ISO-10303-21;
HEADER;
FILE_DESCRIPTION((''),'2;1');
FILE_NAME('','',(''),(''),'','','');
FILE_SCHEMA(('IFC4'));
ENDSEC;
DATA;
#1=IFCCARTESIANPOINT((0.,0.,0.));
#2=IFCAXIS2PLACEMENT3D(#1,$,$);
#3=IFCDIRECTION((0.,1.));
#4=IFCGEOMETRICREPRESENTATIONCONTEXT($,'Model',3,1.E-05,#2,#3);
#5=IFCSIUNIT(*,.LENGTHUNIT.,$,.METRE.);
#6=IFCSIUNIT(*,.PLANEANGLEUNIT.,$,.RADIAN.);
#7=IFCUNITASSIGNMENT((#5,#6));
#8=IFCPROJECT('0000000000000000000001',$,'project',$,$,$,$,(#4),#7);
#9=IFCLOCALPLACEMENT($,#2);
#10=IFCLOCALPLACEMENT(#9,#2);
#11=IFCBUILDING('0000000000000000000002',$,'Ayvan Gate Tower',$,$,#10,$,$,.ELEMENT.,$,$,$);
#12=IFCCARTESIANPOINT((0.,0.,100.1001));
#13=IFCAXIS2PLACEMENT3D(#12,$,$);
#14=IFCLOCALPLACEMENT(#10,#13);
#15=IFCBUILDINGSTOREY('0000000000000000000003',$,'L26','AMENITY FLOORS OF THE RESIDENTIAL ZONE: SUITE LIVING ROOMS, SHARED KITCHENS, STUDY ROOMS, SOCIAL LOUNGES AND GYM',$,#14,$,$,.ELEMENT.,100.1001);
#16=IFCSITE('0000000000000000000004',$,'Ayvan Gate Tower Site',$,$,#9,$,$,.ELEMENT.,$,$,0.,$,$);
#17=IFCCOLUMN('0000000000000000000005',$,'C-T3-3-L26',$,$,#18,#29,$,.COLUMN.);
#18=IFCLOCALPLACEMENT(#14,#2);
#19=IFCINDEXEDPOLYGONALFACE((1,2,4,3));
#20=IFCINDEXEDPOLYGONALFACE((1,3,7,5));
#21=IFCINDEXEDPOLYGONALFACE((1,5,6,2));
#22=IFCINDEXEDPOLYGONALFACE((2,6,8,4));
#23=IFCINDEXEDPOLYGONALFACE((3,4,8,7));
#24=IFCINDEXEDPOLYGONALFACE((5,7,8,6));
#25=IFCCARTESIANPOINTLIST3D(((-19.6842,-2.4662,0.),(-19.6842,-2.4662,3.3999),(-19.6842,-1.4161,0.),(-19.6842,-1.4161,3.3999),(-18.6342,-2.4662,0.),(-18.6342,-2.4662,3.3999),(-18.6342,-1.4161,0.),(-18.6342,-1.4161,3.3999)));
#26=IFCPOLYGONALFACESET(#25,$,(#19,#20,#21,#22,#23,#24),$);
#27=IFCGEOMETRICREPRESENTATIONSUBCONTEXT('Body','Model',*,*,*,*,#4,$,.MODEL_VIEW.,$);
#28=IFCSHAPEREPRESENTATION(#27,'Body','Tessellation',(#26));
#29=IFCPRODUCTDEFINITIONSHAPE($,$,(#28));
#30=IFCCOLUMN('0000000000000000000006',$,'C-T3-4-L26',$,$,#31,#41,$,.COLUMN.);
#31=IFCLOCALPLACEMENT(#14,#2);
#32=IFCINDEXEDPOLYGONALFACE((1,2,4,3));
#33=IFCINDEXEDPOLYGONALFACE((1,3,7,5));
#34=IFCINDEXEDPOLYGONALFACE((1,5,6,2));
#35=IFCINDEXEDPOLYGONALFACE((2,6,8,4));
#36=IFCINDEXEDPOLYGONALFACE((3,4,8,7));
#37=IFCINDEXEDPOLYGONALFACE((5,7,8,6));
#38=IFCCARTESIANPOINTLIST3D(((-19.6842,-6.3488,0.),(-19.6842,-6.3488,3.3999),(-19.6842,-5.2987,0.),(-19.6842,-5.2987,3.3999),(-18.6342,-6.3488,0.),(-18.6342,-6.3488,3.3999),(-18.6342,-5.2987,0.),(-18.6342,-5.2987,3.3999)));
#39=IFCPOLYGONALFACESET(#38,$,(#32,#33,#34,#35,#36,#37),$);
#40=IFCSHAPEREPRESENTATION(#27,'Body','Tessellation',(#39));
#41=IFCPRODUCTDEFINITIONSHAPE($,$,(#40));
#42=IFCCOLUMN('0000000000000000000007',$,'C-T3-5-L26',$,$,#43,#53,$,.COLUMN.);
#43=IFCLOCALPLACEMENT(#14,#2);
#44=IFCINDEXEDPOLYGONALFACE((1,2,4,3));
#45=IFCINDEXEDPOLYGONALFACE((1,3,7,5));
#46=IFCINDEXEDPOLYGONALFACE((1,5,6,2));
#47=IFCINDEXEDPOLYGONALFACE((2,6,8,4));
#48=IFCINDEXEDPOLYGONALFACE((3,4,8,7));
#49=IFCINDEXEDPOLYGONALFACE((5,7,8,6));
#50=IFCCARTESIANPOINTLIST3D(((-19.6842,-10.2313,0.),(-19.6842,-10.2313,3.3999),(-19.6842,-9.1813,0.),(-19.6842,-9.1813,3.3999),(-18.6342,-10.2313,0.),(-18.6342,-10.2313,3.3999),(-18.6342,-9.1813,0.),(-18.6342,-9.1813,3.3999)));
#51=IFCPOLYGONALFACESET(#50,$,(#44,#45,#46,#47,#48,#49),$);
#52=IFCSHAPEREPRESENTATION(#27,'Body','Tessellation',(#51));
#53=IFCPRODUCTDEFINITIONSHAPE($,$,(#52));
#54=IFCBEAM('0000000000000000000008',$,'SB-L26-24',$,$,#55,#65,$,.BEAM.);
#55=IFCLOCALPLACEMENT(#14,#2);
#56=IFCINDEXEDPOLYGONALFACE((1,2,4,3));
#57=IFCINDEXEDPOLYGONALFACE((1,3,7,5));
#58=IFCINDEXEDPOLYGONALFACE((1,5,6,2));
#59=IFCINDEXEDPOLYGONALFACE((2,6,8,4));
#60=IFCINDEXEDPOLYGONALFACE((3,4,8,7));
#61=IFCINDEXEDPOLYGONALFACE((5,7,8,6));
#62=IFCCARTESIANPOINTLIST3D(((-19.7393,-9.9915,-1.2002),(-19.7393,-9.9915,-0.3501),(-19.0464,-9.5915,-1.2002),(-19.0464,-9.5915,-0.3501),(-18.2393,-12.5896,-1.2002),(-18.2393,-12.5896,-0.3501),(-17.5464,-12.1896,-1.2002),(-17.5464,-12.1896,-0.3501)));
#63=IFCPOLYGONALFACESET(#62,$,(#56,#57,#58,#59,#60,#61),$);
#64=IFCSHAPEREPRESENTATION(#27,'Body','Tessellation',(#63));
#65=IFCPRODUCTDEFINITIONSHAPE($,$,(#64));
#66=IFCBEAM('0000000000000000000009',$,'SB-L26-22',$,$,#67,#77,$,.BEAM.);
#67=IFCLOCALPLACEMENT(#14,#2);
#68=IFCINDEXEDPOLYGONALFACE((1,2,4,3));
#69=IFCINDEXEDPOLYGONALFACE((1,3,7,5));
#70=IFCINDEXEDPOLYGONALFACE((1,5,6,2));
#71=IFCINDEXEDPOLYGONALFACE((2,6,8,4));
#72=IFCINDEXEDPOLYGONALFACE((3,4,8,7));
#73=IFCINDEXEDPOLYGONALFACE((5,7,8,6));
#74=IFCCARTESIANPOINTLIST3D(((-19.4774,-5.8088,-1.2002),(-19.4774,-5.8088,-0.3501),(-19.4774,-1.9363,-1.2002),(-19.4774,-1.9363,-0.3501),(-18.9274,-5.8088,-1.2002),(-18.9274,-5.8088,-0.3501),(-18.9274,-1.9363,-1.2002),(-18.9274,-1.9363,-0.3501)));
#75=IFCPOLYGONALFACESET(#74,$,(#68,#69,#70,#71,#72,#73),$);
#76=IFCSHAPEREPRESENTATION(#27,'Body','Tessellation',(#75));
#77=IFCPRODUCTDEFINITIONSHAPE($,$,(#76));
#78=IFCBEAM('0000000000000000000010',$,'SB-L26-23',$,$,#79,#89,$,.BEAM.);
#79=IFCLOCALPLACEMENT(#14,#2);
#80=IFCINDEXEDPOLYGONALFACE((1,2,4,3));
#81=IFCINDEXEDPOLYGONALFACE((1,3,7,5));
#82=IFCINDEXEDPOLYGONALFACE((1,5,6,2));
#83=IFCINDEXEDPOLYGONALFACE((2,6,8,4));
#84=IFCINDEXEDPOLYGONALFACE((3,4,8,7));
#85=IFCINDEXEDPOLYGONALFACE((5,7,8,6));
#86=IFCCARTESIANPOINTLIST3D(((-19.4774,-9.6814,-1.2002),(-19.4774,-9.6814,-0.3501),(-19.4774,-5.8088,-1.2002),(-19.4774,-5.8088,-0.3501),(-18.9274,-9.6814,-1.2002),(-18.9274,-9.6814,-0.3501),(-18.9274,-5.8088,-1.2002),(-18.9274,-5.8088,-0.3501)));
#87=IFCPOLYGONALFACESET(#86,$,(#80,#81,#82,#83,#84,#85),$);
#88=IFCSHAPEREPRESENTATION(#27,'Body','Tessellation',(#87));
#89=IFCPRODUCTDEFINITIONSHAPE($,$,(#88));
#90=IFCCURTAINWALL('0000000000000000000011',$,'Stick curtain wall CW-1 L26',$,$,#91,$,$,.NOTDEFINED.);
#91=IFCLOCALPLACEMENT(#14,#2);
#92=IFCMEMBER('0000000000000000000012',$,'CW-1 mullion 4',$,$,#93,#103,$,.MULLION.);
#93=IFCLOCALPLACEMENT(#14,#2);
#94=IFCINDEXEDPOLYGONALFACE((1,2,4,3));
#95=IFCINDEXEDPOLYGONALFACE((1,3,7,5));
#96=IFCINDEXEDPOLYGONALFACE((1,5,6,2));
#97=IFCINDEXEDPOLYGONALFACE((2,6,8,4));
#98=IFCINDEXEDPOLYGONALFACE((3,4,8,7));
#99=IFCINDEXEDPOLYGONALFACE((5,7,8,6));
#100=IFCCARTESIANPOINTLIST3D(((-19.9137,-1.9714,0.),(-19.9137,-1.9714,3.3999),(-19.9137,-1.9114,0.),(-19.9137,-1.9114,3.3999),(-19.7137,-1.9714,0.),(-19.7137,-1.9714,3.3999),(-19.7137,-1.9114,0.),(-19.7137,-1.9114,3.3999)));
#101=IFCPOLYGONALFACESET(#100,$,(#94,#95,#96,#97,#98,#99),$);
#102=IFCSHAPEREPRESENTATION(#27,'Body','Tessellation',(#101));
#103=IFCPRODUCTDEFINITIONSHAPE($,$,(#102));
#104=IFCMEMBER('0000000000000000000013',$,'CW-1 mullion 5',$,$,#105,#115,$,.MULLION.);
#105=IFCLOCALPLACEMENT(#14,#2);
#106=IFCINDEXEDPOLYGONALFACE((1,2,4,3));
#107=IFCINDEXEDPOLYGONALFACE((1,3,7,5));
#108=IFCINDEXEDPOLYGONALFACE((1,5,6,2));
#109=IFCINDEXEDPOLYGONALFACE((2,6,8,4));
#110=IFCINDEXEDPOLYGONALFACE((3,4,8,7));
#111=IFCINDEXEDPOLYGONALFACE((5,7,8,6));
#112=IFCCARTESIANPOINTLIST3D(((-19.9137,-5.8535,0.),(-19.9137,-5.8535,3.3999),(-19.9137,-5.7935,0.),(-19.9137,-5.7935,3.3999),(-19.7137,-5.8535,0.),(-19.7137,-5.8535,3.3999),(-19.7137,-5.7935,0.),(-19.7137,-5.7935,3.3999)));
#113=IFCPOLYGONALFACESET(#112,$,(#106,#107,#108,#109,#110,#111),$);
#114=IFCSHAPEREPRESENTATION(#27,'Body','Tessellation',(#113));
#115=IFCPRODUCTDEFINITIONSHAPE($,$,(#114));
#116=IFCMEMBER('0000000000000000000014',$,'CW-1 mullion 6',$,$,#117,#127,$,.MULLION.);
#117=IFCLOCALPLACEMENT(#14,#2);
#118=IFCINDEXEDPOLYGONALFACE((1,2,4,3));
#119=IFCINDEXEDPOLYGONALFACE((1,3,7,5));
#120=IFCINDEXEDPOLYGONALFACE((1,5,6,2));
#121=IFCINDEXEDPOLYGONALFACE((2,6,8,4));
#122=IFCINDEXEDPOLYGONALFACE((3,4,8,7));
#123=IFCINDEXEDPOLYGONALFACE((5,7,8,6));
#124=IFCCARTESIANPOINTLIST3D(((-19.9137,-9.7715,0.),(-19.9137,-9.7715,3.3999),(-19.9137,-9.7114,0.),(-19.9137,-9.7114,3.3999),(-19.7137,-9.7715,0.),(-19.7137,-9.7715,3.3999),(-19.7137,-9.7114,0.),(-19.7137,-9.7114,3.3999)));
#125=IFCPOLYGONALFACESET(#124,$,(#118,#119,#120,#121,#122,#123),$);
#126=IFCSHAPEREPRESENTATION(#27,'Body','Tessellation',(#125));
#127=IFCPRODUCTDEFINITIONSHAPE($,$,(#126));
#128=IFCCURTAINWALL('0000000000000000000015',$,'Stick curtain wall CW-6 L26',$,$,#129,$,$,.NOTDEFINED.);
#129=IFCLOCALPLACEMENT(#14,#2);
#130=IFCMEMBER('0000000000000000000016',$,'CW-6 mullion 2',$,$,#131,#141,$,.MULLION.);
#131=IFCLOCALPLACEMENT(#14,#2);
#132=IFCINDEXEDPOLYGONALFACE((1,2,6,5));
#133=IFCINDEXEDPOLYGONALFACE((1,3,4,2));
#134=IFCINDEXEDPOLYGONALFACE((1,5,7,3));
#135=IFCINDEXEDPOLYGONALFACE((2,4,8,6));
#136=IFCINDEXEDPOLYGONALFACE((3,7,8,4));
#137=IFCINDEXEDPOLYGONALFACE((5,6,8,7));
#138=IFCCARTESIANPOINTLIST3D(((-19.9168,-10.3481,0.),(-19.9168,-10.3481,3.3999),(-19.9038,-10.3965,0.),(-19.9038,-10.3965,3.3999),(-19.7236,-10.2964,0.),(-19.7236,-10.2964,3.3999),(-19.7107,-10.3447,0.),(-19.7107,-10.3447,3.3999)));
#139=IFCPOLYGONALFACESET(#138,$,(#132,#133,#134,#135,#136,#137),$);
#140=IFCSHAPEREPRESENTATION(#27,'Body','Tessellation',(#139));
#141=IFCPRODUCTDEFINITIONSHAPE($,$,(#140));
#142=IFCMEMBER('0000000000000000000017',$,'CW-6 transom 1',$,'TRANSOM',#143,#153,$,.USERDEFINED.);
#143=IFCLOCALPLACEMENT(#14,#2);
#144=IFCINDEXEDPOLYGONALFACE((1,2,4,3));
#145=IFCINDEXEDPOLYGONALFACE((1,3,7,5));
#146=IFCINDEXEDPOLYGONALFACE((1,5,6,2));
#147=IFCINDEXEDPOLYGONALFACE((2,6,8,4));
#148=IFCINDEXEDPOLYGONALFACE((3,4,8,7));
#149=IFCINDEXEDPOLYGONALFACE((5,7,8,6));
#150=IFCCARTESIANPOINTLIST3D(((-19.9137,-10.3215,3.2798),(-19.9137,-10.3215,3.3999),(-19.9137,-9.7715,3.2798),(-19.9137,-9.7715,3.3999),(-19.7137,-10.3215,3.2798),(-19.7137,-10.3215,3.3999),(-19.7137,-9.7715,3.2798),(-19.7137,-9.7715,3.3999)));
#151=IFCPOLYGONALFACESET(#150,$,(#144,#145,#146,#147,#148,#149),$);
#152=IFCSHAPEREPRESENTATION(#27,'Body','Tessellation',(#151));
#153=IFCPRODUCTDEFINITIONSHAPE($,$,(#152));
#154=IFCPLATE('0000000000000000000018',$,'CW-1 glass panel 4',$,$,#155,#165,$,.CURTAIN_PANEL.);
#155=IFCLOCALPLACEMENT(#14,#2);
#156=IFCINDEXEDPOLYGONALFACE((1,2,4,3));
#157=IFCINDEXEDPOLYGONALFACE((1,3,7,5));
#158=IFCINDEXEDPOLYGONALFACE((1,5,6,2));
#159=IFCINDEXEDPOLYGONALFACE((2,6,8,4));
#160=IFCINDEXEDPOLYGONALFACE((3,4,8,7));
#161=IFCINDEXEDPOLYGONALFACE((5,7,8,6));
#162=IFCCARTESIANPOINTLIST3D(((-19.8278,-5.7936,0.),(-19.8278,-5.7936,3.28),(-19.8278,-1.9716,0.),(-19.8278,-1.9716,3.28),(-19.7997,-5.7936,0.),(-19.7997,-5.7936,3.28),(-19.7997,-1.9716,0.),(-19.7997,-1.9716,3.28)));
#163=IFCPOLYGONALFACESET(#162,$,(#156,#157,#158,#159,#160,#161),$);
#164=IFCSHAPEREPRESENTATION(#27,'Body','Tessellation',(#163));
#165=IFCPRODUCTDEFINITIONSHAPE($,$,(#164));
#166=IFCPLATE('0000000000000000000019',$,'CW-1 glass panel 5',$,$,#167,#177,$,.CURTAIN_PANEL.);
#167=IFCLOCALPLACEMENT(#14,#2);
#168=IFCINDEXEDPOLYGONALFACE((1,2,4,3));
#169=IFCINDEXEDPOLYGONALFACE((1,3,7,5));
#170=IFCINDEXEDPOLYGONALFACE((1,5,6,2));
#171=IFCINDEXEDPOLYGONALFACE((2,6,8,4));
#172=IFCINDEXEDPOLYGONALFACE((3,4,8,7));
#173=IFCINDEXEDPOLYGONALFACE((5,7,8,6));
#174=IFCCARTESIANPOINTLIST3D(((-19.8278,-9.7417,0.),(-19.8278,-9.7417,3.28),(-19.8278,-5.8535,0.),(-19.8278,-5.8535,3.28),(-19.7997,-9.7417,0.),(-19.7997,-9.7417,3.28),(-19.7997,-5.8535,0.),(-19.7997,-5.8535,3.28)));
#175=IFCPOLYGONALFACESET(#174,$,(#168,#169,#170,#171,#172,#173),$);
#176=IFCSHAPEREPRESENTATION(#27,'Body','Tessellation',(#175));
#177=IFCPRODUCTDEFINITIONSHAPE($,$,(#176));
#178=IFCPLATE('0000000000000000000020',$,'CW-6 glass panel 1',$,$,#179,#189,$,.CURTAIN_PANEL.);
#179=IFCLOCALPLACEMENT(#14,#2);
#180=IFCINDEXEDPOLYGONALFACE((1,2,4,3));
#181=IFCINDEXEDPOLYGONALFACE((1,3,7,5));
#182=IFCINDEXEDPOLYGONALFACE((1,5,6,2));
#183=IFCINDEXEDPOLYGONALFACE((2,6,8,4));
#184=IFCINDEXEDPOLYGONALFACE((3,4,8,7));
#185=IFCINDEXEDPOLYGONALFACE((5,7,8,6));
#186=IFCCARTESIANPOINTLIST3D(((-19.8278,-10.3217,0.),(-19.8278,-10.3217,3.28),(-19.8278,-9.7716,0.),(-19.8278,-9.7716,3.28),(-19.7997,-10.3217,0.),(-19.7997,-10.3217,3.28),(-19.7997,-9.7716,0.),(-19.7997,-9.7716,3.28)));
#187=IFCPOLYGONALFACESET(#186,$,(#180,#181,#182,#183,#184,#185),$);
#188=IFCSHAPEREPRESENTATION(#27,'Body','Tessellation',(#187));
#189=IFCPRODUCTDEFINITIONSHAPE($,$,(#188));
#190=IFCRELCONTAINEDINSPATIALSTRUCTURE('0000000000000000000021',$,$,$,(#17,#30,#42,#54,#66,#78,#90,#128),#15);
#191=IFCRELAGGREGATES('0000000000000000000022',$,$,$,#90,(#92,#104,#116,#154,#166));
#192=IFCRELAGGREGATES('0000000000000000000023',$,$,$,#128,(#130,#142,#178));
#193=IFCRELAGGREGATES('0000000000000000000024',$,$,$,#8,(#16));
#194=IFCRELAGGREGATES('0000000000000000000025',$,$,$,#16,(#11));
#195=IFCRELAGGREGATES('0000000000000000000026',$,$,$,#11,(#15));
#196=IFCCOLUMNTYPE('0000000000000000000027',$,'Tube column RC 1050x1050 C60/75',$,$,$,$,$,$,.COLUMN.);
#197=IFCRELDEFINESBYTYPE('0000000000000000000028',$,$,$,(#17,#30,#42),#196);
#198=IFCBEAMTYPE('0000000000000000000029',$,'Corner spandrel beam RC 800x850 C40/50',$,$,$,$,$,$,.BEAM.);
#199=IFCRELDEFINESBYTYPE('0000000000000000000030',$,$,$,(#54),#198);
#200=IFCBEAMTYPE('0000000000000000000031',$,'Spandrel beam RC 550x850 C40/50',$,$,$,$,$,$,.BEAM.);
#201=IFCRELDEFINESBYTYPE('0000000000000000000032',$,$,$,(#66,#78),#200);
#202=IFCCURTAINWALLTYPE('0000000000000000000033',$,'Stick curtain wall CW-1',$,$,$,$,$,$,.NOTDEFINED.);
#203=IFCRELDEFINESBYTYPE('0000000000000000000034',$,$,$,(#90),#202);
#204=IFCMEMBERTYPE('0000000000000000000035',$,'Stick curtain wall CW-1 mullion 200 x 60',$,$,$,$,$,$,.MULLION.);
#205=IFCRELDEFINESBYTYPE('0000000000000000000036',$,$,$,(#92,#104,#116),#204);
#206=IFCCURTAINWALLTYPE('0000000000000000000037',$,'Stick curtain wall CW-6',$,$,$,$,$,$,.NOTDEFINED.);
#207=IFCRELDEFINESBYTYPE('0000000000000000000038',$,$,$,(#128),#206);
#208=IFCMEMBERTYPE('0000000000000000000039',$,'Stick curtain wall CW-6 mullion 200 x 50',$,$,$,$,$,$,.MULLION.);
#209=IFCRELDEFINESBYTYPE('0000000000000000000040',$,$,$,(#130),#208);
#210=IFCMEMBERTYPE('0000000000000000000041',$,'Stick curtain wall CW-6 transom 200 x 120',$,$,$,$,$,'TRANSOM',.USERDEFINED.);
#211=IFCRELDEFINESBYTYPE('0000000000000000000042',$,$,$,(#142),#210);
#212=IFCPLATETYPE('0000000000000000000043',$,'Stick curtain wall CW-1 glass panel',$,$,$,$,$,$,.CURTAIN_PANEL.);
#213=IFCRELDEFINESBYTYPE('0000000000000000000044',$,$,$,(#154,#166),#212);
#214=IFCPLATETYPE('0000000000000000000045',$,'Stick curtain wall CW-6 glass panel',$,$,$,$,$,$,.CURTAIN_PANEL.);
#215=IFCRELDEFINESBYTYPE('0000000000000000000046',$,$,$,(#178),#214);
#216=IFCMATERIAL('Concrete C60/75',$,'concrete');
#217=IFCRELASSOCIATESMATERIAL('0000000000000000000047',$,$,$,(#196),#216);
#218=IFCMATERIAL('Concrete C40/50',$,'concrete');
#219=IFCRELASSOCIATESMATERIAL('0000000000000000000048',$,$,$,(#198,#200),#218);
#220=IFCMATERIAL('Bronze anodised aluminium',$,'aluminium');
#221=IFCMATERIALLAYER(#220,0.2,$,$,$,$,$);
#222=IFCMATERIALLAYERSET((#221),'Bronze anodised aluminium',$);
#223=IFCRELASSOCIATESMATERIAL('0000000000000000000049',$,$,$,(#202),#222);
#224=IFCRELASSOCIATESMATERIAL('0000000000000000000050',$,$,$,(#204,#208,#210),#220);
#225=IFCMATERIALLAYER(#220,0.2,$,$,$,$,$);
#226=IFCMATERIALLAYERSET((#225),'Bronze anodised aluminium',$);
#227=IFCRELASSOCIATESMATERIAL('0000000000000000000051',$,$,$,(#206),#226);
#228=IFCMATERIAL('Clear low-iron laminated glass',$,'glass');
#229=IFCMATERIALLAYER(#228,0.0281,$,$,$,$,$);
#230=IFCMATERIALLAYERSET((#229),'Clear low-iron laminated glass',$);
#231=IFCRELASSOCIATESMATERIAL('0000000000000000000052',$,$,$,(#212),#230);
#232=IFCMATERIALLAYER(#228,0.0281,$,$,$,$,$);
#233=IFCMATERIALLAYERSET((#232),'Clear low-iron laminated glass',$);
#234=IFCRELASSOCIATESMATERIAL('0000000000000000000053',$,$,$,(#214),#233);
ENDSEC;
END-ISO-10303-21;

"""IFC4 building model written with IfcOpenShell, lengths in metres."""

from ifc_helpers import new_model, si_unit, direction, frame, origin, origin_2d, place, context, subcontext, project, spatial, rectangle, extrude, material, layer, layer_set, material_profile, profile_set, type_object, element, aggregate, save


model = new_model("IFC4")

# Units and contexts
model_context = context("Model", 3, precision=1e-05, world=origin(), true_north=direction((0.0, 1.0)))
body_context = subcontext(model_context, "Body", "Model", "MODEL_VIEW")
ifc_project = project(units=[si_unit("LENGTHUNIT", "METRE"), si_unit("PLANEANGLEUNIT", "RADIAN")], contexts=[model_context])

# Site, building, storey
site_placement = place(None, origin())
site = spatial("IfcSite", under=ifc_project, at=site_placement, Name="Ayvan Gate Tower Site", CompositionType="ELEMENT", RefElevation=0.0)
building_placement = place(site_placement, origin())
building = spatial("IfcBuilding", under=site, at=building_placement, Name="Ayvan Gate Tower", CompositionType="ELEMENT")
storey_placement = place(building_placement, frame((0.0, 0.0, 100.1001)))
storey = spatial("IfcBuildingStorey", under=building, at=storey_placement, Name="L26", Description="AMENITY FLOORS OF THE RESIDENTIAL ZONE: SUITE LIVING ROOMS, SHARED KITCHENS, STUDY ROOMS, SOCIAL LOUNGES AND GYM", CompositionType="ELEMENT", Elevation=100.1001)

# Columns
ifc_material_1 = material(Name="Concrete C60/75", Category="concrete")
ifc_material_profile_1 = material_profile(ifc_material_1, rectangle(XDim=1.05, YDim=1.05, at=origin_2d()), Name="RC 1050x1050")
ifc_profile_set_1 = profile_set([ifc_material_profile_1], Name="Concrete C60/75")
column_type = type_object("IfcColumnType", Name="Tube column RC 1050x1050 C60/75", PredefinedType="COLUMN", material=ifc_profile_set_1)
for number, where, z_axis, x_axis, name in (
    (1, (-19.1592, -1.9412, 0.0), (0.0, 0.0, 1.0), (-1.0, 0.0, 0.0), "C-T3-3-L26"),
    (2, (-19.1592, -5.8237, 0.0), (0.0, 0.0, 1.0), (-1.0, 0.0, 0.0), "C-T3-4-L26"),
    (3, (-19.1592, -9.7063, 0.0), (0.0, 0.0, 1.0), (-1.0, 0.0, 0.0), "C-T3-5-L26"),
):
    element("IfcColumn", number, at=place(storey_placement, frame(where, z_axis=z_axis, x_axis=x_axis)), inside=storey, type_object=column_type, Name=name, PredefinedType="COLUMN", context=body_context, shape_type="SweptSolid", body=[
        extrude(rectangle(XDim=1.05, YDim=1.05, at=origin_2d()), origin(), (0.0, 0.0, 1.0), 3.3999),
    ])

# Beams
ifc_material_2 = material(Name="Concrete C40/50", Category="concrete")
ifc_material_profile_2 = material_profile(ifc_material_2, rectangle(XDim=0.8, YDim=0.8501, at=origin_2d()), Name="RC 800x850")
ifc_profile_set_2 = profile_set([ifc_material_profile_2], Name="Concrete C40/50")
beam_type_1 = type_object("IfcBeamType", Name="Corner spandrel beam RC 800x850 C40/50", PredefinedType="BEAM", material=ifc_profile_set_2)
beam_placement = place(storey_placement, frame((-19.3928, -9.7915, -0.7751), z_axis=(0.49999, -0.866031, 0.0), x_axis=(0.866031, 0.49999, 0.0)))
element("IfcBeam", 4, at=beam_placement, inside=storey, type_object=beam_type_1, Name="SB-L26-24", PredefinedType="BEAM", context=body_context, shape_type="SweptSolid", body=[
    extrude(rectangle(XDim=0.8, YDim=0.8501, at=origin_2d()), origin(), (0.0, 0.0, 1.0), 3.0),
])
ifc_material_profile_3 = material_profile(ifc_material_2, rectangle(XDim=0.55, YDim=0.8501, at=origin_2d()), Name="RC 550x850")
ifc_profile_set_3 = profile_set([ifc_material_profile_3], Name="Concrete C40/50")
beam_type_2 = type_object("IfcBeamType", Name="Spandrel beam RC 550x850 C40/50", PredefinedType="BEAM", material=ifc_profile_set_3)
for number, where, z_axis, x_axis, name in (
    (5, (-19.2024, -1.9363, -0.7751), (0.0, -1.0, 0.0), (1.0, 0.0, 0.0), "SB-L26-22"),
    (6, (-19.2024, -5.8088, -0.7751), (0.0, -1.0, 0.0), (1.0, 0.0, 0.0), "SB-L26-23"),
):
    element("IfcBeam", number, at=place(storey_placement, frame(where, z_axis=z_axis, x_axis=x_axis)), inside=storey, type_object=beam_type_2, Name=name, PredefinedType="BEAM", context=body_context, shape_type="SweptSolid", body=[
        extrude(rectangle(XDim=0.55, YDim=0.8501, at=origin_2d()), origin(), (0.0, 0.0, 1.0), 3.8726),
    ])

# Curtain walls, members
ifc_material_3 = material(Name="Bronze anodised aluminium", Category="aluminium")
ifc_layer_1 = layer(ifc_material_3, 0.2)
ifc_layer_set_1 = layer_set([ifc_layer_1], Name="Bronze anodised aluminium")
curtain_wall_type_1 = type_object("IfcCurtainWallType", Name="Stick curtain wall CW-1", PredefinedType="NOTDEFINED", material=ifc_layer_set_1)
curtain_wall_1_placement = place(storey_placement, origin())
curtain_wall_1 = element("IfcCurtainWall", 7, at=curtain_wall_1_placement, inside=storey, type_object=curtain_wall_type_1, Name="Stick curtain wall CW-1 L26", PredefinedType="NOTDEFINED")
ifc_material_profile_4 = material_profile(ifc_material_3, rectangle(XDim=0.2, YDim=0.0601, at=origin_2d()), Name="Stick curtain wall CW-1 mullion 200 x 60")
ifc_profile_set_4 = profile_set([ifc_material_profile_4], Name="Bronze anodised aluminium")
member_type_1 = type_object("IfcMemberType", Name="Stick curtain wall CW-1 mullion 200 x 60", PredefinedType="MULLION", material=ifc_profile_set_4)
member_1_placement = place(storey_placement, frame((-19.8137, -1.9414, 0.0), z_axis=(0.0, 0.0, 1.0), x_axis=(-1.0, 0.0, 0.0)))
member_1 = element("IfcMember", 8, at=member_1_placement, type_object=member_type_1, Name="CW-1 mullion 4", PredefinedType="MULLION", context=body_context, shape_type="SweptSolid", body=[
    extrude(rectangle(XDim=0.2, YDim=0.0601, at=origin_2d()), origin(), (0.0, 0.0, 1.0), 3.3999),
])
member_2_placement = place(storey_placement, frame((-19.8137, -5.8235, 0.0), z_axis=(0.0, 0.0, 1.0), x_axis=(-1.0, 0.0, 0.0)))
member_2 = element("IfcMember", 9, at=member_2_placement, type_object=member_type_1, Name="CW-1 mullion 5", PredefinedType="MULLION", context=body_context, shape_type="SweptSolid", body=[
    extrude(rectangle(XDim=0.2, YDim=0.0601, at=origin_2d()), origin(), (0.0, 0.0, 1.0), 3.3999),
])
member_3_placement = place(storey_placement, frame((-19.8137, -9.7415, 0.0), z_axis=(0.0, 0.0, 1.0), x_axis=(-1.0, 0.0, 0.0)))
member_3 = element("IfcMember", 10, at=member_3_placement, type_object=member_type_1, Name="CW-1 mullion 6", PredefinedType="MULLION", context=body_context, shape_type="SweptSolid", body=[
    extrude(rectangle(XDim=0.2, YDim=0.0601, at=origin_2d()), origin(), (0.0, 0.0, 1.0), 3.3999),
])
ifc_layer_2 = layer(ifc_material_3, 0.2)
ifc_layer_set_2 = layer_set([ifc_layer_2], Name="Bronze anodised aluminium")
curtain_wall_type_2 = type_object("IfcCurtainWallType", Name="Stick curtain wall CW-6", PredefinedType="NOTDEFINED", material=ifc_layer_set_2)
curtain_wall_2_placement = place(storey_placement, origin())
curtain_wall_2 = element("IfcCurtainWall", 11, at=curtain_wall_2_placement, inside=storey, type_object=curtain_wall_type_2, Name="Stick curtain wall CW-6 L26", PredefinedType="NOTDEFINED")
ifc_material_profile_5 = material_profile(ifc_material_3, rectangle(XDim=0.2, YDim=0.05, at=origin_2d()), Name="Stick curtain wall CW-6 mullion 200 x 50")
ifc_profile_set_5 = profile_set([ifc_material_profile_5], Name="Bronze anodised aluminium")
member_type_2 = type_object("IfcMemberType", Name="Stick curtain wall CW-6 mullion 200 x 50", PredefinedType="MULLION", material=ifc_profile_set_5)
member_4_placement = place(storey_placement, frame((-19.8137, -10.3464, 0.0), z_axis=(0.0, 0.0, 1.0), x_axis=(-0.965926, -0.258819, 0.0)))
member_4 = element("IfcMember", 12, at=member_4_placement, type_object=member_type_2, Name="CW-6 mullion 2", PredefinedType="MULLION", context=body_context, shape_type="SweptSolid", body=[
    extrude(rectangle(XDim=0.2, YDim=0.05, at=origin_2d()), origin(), (0.0, 0.0, 1.0), 3.3999),
])
ifc_material_profile_6 = material_profile(ifc_material_3, rectangle(XDim=0.2, YDim=0.1201, at=origin_2d()), Name="Stick curtain wall CW-6 transom 200 x 120")
ifc_profile_set_6 = profile_set([ifc_material_profile_6], Name="Bronze anodised aluminium")
member_type_3 = type_object("IfcMemberType", Name="Stick curtain wall CW-6 transom 200 x 120", ElementType="TRANSOM", PredefinedType="USERDEFINED", material=ifc_profile_set_6)
member_5_placement = place(storey_placement, frame((-19.8137, -9.7715, 3.3398), z_axis=(0.0, -1.0, 0.0), x_axis=(1.0, 0.0, 0.0)))
member_5 = element("IfcMember", 13, at=member_5_placement, type_object=member_type_3, Name="CW-6 transom 1", ObjectType="TRANSOM", PredefinedType="USERDEFINED", context=body_context, shape_type="SweptSolid", body=[
    extrude(rectangle(XDim=0.2, YDim=0.1201, at=origin_2d()), origin(), (0.0, 0.0, 1.0), 0.55),
])

# Plates
ifc_material_4 = material(Name="Clear low-iron laminated glass", Category="glass")
ifc_layer_3 = layer(ifc_material_4, 0.0281)
ifc_layer_set_3 = layer_set([ifc_layer_3], Name="Clear low-iron laminated glass")
plate_type_1 = type_object("IfcPlateType", Name="Stick curtain wall CW-1 glass panel", PredefinedType="CURTAIN_PANEL", material=ifc_layer_set_3)
plate_1_placement = place(storey_placement, frame((-19.8137, -3.8826, 0.0), z_axis=(0.0, 0.0, 1.0), x_axis=(0.0, -1.0, 0.0)))
plate_1 = element("IfcPlate", 14, at=plate_1_placement, type_object=plate_type_1, Name="CW-1 glass panel 4", PredefinedType="CURTAIN_PANEL", context=body_context, shape_type="SweptSolid", body=[
    extrude(rectangle(XDim=3.822, YDim=0.0281, at=origin_2d()), origin(), (0.0, 0.0, 1.0), 3.28),
])
plate_2_placement = place(storey_placement, frame((-19.8137, -7.7976, 0.0), z_axis=(0.0, 0.0, 1.0), x_axis=(0.0, -1.0, 0.0)))
plate_2 = element("IfcPlate", 15, at=plate_2_placement, type_object=plate_type_1, Name="CW-1 glass panel 5", PredefinedType="CURTAIN_PANEL", context=body_context, shape_type="SweptSolid", body=[
    extrude(rectangle(XDim=3.8882, YDim=0.0281, at=origin_2d()), origin(), (0.0, 0.0, 1.0), 3.28),
])
aggregate(curtain_wall_1, [member_1, member_2, member_3, plate_1, plate_2])
ifc_layer_4 = layer(ifc_material_4, 0.0281)
ifc_layer_set_4 = layer_set([ifc_layer_4], Name="Clear low-iron laminated glass")
plate_type_2 = type_object("IfcPlateType", Name="Stick curtain wall CW-6 glass panel", PredefinedType="CURTAIN_PANEL", material=ifc_layer_set_4)
plate_3_placement = place(storey_placement, frame((-19.8137, -10.0466, 0.0), z_axis=(0.0, 0.0, 1.0), x_axis=(0.0, -1.0, 0.0)))
plate_3 = element("IfcPlate", 16, at=plate_3_placement, type_object=plate_type_2, Name="CW-6 glass panel 1", PredefinedType="CURTAIN_PANEL", context=body_context, shape_type="SweptSolid", body=[
    extrude(rectangle(XDim=0.55, YDim=0.0281, at=origin_2d()), origin(), (0.0, 0.0, 1.0), 3.28),
])
aggregate(curtain_wall_2, [member_4, member_5, plate_3])

save(model, "model.ifc")
